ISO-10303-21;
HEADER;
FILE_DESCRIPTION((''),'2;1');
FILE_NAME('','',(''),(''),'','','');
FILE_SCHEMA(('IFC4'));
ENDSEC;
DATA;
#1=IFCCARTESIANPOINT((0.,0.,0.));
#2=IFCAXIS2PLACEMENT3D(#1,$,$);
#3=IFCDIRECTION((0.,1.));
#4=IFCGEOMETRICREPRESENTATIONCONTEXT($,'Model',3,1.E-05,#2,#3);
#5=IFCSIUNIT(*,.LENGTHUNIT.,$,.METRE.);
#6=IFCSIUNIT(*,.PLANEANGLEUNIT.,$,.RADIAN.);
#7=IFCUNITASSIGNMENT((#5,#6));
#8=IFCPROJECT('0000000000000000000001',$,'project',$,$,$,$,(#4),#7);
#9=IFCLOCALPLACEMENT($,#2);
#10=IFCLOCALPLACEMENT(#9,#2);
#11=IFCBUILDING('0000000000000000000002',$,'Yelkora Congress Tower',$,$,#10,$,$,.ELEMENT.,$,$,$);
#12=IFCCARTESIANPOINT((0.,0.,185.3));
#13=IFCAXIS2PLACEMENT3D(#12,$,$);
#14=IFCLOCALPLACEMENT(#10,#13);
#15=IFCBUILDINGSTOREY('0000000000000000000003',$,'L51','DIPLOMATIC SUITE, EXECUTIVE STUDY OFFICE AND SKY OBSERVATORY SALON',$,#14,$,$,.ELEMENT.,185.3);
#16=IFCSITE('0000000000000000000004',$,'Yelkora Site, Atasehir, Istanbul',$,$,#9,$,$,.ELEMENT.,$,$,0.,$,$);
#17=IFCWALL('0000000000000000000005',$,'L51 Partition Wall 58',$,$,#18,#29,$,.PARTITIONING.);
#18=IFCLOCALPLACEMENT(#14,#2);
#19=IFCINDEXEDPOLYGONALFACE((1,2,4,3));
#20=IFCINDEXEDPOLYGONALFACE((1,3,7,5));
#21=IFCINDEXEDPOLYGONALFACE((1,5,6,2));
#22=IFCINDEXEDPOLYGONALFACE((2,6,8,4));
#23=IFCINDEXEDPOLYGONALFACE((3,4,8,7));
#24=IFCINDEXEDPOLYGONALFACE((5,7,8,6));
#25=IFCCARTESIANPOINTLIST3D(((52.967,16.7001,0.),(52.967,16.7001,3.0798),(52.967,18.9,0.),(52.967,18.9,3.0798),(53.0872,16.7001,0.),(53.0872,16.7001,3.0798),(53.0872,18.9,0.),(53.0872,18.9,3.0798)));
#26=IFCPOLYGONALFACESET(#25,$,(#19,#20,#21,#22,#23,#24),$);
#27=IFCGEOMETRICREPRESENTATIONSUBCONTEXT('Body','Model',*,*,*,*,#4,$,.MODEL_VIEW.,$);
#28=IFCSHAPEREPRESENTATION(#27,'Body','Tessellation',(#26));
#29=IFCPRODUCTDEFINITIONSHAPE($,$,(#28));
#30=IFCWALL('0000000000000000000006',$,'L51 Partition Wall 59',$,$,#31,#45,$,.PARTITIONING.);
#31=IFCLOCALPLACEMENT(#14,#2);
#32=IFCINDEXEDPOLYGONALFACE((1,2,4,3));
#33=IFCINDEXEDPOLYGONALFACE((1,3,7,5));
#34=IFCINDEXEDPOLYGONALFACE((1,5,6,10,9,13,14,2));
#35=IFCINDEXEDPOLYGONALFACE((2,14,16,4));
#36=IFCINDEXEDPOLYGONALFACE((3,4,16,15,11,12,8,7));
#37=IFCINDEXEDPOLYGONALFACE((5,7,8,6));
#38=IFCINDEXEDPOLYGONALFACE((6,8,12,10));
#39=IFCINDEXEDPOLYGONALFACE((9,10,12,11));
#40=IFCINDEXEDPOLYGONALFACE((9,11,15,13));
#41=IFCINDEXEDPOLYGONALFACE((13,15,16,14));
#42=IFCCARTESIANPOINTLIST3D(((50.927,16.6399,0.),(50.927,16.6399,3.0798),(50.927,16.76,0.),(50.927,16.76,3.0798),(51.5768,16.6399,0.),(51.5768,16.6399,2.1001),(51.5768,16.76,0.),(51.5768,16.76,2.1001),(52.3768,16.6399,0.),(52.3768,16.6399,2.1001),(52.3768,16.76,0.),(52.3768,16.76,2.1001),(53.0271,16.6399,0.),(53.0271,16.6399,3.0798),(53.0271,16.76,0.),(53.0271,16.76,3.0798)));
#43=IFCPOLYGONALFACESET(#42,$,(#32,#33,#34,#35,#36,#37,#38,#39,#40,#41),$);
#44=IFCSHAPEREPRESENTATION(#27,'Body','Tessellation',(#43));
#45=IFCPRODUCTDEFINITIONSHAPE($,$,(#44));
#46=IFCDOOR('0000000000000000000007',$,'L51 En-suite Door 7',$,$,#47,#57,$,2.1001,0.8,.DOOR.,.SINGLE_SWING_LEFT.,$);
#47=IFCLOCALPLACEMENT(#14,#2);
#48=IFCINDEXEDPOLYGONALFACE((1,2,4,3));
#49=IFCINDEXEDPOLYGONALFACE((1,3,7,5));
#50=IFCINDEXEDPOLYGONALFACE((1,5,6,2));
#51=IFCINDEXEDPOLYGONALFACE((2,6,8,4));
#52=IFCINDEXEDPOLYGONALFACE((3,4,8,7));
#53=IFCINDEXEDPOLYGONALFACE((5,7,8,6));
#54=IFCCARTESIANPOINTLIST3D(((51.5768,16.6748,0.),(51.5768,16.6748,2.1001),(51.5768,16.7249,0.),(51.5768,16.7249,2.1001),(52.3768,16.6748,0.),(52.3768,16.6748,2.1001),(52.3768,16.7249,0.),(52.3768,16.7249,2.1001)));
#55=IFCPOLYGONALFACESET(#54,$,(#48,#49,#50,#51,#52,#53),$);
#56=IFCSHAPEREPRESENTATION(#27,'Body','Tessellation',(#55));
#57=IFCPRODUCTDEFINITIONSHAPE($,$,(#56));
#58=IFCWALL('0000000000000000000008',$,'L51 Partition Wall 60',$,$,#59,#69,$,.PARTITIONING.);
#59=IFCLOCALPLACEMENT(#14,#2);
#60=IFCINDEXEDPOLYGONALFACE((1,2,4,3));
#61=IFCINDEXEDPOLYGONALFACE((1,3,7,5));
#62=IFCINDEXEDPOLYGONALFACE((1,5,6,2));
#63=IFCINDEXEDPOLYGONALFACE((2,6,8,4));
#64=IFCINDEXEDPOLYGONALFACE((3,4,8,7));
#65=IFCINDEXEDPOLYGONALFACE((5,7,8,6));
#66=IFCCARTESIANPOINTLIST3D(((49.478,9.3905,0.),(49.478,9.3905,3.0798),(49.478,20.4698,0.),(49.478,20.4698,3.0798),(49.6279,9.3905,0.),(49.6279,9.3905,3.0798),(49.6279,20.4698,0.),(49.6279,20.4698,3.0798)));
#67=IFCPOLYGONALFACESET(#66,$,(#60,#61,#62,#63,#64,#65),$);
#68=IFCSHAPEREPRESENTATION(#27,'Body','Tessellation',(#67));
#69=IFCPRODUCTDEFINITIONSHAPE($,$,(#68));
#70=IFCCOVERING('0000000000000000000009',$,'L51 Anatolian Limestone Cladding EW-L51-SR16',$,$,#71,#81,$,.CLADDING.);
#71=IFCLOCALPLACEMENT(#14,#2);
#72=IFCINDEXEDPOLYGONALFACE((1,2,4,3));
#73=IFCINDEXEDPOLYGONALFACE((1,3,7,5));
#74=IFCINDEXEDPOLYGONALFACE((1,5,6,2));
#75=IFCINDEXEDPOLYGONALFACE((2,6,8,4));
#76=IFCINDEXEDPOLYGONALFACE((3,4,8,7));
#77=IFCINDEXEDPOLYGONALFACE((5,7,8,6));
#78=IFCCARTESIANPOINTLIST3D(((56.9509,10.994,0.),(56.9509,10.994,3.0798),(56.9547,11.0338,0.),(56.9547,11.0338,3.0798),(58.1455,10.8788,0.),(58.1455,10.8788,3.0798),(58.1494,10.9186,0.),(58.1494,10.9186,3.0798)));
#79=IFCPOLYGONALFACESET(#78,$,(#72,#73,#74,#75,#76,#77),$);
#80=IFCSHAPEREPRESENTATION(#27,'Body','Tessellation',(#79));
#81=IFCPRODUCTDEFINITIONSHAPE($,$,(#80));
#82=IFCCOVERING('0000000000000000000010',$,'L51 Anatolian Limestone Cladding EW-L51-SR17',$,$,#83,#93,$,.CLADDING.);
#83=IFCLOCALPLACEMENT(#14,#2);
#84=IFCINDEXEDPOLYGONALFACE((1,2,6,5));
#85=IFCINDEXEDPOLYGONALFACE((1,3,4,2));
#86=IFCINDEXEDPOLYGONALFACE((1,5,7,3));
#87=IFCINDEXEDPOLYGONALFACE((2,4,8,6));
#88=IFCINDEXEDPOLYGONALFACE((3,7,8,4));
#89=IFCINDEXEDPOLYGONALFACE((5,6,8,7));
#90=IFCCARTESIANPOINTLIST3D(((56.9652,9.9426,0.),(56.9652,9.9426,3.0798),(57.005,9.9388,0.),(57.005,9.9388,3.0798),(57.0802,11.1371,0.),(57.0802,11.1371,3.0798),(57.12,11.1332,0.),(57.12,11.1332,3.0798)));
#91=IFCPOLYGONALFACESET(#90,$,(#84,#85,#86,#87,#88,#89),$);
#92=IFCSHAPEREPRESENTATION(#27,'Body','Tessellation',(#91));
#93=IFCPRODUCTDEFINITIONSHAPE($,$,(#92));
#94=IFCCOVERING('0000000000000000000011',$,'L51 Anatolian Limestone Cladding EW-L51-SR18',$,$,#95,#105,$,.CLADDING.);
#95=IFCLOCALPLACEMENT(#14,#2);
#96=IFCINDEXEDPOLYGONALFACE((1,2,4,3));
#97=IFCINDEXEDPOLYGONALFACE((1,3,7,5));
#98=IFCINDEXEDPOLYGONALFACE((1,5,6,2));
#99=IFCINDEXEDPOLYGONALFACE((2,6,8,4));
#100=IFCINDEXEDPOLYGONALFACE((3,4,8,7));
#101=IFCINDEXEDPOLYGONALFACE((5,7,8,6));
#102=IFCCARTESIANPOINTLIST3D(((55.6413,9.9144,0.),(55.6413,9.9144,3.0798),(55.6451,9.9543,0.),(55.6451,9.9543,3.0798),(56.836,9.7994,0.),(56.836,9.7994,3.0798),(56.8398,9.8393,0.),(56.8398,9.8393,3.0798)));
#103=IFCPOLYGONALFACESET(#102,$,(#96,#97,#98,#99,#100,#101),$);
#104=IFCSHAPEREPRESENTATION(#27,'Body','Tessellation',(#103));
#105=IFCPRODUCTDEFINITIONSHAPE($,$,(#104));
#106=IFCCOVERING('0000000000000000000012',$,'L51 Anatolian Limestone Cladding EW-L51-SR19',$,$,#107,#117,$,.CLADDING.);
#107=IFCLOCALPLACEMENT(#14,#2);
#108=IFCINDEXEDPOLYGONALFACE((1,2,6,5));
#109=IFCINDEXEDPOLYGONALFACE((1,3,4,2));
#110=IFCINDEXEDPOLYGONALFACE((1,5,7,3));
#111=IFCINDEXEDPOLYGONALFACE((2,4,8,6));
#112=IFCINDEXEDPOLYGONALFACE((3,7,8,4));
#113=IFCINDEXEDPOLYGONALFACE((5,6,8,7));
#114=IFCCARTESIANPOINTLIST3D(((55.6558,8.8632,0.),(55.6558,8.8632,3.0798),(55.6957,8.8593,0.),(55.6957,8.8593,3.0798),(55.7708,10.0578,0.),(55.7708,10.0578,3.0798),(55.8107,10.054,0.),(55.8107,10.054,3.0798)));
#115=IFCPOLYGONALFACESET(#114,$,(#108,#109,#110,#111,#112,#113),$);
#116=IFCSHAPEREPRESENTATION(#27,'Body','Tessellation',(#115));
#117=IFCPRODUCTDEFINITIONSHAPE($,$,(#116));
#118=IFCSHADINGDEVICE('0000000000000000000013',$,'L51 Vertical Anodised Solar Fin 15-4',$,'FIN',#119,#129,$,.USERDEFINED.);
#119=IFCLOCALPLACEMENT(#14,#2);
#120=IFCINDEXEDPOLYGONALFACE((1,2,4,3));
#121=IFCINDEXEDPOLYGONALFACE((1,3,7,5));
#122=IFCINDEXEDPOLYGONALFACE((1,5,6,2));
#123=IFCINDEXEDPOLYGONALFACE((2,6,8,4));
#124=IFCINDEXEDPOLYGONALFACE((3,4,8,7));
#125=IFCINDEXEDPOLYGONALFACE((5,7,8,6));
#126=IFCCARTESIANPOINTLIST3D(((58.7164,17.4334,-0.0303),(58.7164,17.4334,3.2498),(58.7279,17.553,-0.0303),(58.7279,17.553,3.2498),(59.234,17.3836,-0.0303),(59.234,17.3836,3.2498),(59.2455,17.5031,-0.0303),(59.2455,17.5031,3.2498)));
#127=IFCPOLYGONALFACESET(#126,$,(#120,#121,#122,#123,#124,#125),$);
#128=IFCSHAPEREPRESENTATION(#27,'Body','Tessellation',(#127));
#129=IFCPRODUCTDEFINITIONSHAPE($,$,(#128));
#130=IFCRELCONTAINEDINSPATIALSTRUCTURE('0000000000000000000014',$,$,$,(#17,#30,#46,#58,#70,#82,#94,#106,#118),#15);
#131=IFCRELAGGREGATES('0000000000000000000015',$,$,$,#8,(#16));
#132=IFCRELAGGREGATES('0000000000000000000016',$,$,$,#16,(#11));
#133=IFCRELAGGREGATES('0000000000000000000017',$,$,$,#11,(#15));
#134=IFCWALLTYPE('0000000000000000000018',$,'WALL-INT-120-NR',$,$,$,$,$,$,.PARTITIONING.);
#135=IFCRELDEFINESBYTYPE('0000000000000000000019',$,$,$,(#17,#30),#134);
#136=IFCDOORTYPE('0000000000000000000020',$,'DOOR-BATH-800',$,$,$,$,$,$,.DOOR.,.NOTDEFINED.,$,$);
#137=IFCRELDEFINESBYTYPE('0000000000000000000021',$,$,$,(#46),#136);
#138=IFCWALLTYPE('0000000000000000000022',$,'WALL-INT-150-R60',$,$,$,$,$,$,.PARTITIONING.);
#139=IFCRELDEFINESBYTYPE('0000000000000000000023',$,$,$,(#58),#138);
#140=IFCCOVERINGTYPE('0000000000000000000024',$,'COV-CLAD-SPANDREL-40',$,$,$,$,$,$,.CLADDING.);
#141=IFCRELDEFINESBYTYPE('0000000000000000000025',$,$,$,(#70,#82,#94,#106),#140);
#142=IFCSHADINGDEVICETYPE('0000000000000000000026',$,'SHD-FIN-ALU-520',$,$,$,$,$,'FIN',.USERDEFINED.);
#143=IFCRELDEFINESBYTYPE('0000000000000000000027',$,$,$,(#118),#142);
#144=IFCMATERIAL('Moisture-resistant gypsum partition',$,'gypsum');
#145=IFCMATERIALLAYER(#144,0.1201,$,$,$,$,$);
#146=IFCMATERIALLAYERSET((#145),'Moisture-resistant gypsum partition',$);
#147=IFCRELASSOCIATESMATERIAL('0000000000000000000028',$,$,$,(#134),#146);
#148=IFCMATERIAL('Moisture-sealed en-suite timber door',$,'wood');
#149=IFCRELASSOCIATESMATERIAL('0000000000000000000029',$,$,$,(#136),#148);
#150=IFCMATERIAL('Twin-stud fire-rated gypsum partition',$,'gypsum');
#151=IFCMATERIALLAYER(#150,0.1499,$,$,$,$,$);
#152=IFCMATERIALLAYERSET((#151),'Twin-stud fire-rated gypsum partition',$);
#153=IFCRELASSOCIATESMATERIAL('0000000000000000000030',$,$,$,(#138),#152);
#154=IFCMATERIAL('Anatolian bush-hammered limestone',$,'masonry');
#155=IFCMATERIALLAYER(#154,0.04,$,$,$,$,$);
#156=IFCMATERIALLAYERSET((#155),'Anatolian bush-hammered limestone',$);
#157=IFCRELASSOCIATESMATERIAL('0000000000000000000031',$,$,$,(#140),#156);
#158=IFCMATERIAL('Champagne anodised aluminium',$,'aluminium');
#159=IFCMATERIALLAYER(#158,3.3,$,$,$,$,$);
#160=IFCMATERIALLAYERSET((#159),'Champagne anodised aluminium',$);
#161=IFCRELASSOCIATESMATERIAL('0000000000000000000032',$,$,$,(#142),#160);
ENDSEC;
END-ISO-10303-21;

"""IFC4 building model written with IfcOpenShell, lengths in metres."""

from ifc_helpers import new_model, si_unit, direction, frame, frame_2d, origin, origin_2d, place, context, subcontext, project, spatial, rectangle, extrude, material, layer, layer_set, type_object, element, fill, save


model = new_model("IFC4")

# Units and contexts
model_context = context("Model", 3, precision=1e-05, world=origin(), true_north=direction((0.0, 1.0)))
body_context = subcontext(model_context, "Body", "Model", "MODEL_VIEW")
ifc_project = project(units=[si_unit("LENGTHUNIT", "METRE"), si_unit("PLANEANGLEUNIT", "RADIAN")], contexts=[model_context])

# Site, building, storey
site_placement = place(None, origin())
site = spatial("IfcSite", under=ifc_project, at=site_placement, Name="Yelkora Site, Atasehir, Istanbul", CompositionType="ELEMENT", RefElevation=0.0)
building_placement = place(site_placement, origin())
building = spatial("IfcBuilding", under=site, at=building_placement, Name="Yelkora Congress Tower", CompositionType="ELEMENT")
storey_placement = place(building_placement, frame((0.0, 0.0, 185.3)))
storey = spatial("IfcBuildingStorey", under=building, at=storey_placement, Name="L51", Description="DIPLOMATIC SUITE, EXECUTIVE STUDY OFFICE AND SKY OBSERVATORY SALON", CompositionType="ELEMENT", Elevation=185.3)

# Wall
ifc_material_1 = material(Name="Moisture-resistant gypsum partition", Category="gypsum")
ifc_layer_1 = layer(ifc_material_1, 0.1201)
ifc_layer_set_1 = layer_set([ifc_layer_1], Name="Moisture-resistant gypsum partition")
wall_type_1 = type_object("IfcWallType", Name="WALL-INT-120-NR", PredefinedType="PARTITIONING", material=ifc_layer_set_1)
for number, where, z_axis, x_axis, name in (
    (1, (53.0271, 16.7, 0.0), (0.0, 0.0, 1.0), (0.0, 1.0, 0.0), "L51 Partition Wall 58"),
):
    element("IfcWall", number, at=place(storey_placement, frame(where, z_axis=z_axis, x_axis=x_axis)), inside=storey, type_object=wall_type_1, Name=name, PredefinedType="PARTITIONING", context=body_context, shape_type="SweptSolid", body=[
        extrude(rectangle(XDim=2.2, YDim=0.1201, at=frame_2d((1.1001, 0.0))), origin(), (0.0, 0.0, 1.0), 3.0798),
    ])

# Wall, opening, door
wall_1_placement = place(storey_placement, frame((50.927, 16.7, 0.0), z_axis=(0.0, 0.0, 1.0), x_axis=(1.0, 0.0, 0.0)))
wall_1 = element("IfcWall", 2, at=wall_1_placement, inside=storey, type_object=wall_type_1, Name="L51 Partition Wall 59", PredefinedType="PARTITIONING", context=body_context, shape_type="SweptSolid", body=[
    extrude(rectangle(XDim=2.1001, YDim=0.1201, at=frame_2d((1.05, 0.0))), origin(), (0.0, 0.0, 1.0), 3.0798),
])
opening_placement = place(wall_1_placement, frame((0.6499, 0.0, 0.0)))
opening = element("IfcOpeningElement", 3, at=opening_placement, cuts=wall_1, PredefinedType="OPENING", context=body_context, shape_type="SweptSolid", body=[
    extrude(rectangle(XDim=0.8, YDim=2.1001, at=frame_2d((0.3999, 1.05))), frame((0.0, 0.0701, 0.0), z_axis=(0.0, -1.0, 0.0), x_axis=(1.0, 0.0, 0.0)), (0.0, 0.0, 1.0), 0.1401),
])
ifc_material_2 = material(Name="Moisture-sealed en-suite timber door", Category="wood")
door_type = type_object("IfcDoorType", Name="DOOR-BATH-800", OperationType="NOTDEFINED", PredefinedType="DOOR", material=ifc_material_2)
door_placement = place(opening_placement, origin())
door = element("IfcDoor", 4, at=door_placement, inside=storey, type_object=door_type, Name="L51 En-suite Door 7", OperationType="SINGLE_SWING_LEFT", OverallHeight=2.1001, OverallWidth=0.8, PredefinedType="DOOR", context=body_context, shape_type="SweptSolid", body=[
    extrude(rectangle(XDim=0.8, YDim=2.1001, at=frame_2d((0.3999, 1.05))), frame((0.0, 0.0249, 0.0), z_axis=(0.0, -1.0, 0.0), x_axis=(1.0, 0.0, 0.0)), (0.0, 0.0, 1.0), 0.05),
])
fill(opening, door)

# Wall
ifc_material_3 = material(Name="Twin-stud fire-rated gypsum partition", Category="gypsum")
ifc_layer_2 = layer(ifc_material_3, 0.1499)
ifc_layer_set_2 = layer_set([ifc_layer_2], Name="Twin-stud fire-rated gypsum partition")
wall_type_2 = type_object("IfcWallType", Name="WALL-INT-150-R60", PredefinedType="PARTITIONING", material=ifc_layer_set_2)
wall_2_placement = place(storey_placement, frame((49.553, 9.3906, 0.0), z_axis=(0.0, 0.0, 1.0), x_axis=(0.0, 1.0, 0.0)))
element("IfcWall", 5, at=wall_2_placement, inside=storey, type_object=wall_type_2, Name="L51 Partition Wall 60", PredefinedType="PARTITIONING", context=body_context, shape_type="SweptSolid", body=[
    extrude(rectangle(XDim=11.0793, YDim=0.1499, at=frame_2d((5.5396, 0.0))), origin(), (0.0, 0.0, 1.0), 3.0798),
])

# Coverings
ifc_material_4 = material(Name="Anatolian bush-hammered limestone", Category="masonry")
ifc_layer_3 = layer(ifc_material_4, 0.04)
ifc_layer_set_3 = layer_set([ifc_layer_3], Name="Anatolian bush-hammered limestone")
covering_type = type_object("IfcCoveringType", Name="COV-CLAD-SPANDREL-40", PredefinedType="CLADDING", material=ifc_layer_set_3)
covering_1_placement = place(storey_placement, frame((58.1475, 10.8987, 0.0), z_axis=(0.0, 0.0, 1.0), x_axis=(-0.99538, 0.096019, 0.0)))
element("IfcCovering", 6, at=covering_1_placement, inside=storey, type_object=covering_type, Name="L51 Anatolian Limestone Cladding EW-L51-SR16", PredefinedType="CLADDING", context=body_context, shape_type="SweptSolid", body=[
    extrude(rectangle(XDim=1.2002, YDim=0.04, at=frame_2d((0.6001, 0.0))), origin(), (0.0, 0.0, 1.0), 3.0798),
])
covering_2_placement = place(storey_placement, frame((57.1001, 11.1353, 0.0), z_axis=(0.0, 0.0, 1.0), x_axis=(-0.095836, -0.995397, 0.0)))
element("IfcCovering", 7, at=covering_2_placement, inside=storey, type_object=covering_type, Name="L51 Anatolian Limestone Cladding EW-L51-SR17", PredefinedType="CLADDING", context=body_context, shape_type="SweptSolid", body=[
    extrude(rectangle(XDim=1.2, YDim=0.04, at=frame_2d((0.6001, 0.0))), origin(), (0.0, 0.0, 1.0), 3.0798),
])
for number, where, z_axis, x_axis, name in (
    (8, (56.8379, 9.8193, 0.0), (0.0, 0.0, 1.0), (-0.995399, 0.095817, 0.0), "L51 Anatolian Limestone Cladding EW-L51-SR18"),
    (9, (55.7908, 10.0559, 0.0), (0.0, 0.0, 1.0), (-0.095817, -0.995399, 0.0), "L51 Anatolian Limestone Cladding EW-L51-SR19"),
):
    element("IfcCovering", number, at=place(storey_placement, frame(where, z_axis=z_axis, x_axis=x_axis)), inside=storey, type_object=covering_type, Name=name, PredefinedType="CLADDING", context=body_context, shape_type="SweptSolid", body=[
        extrude(rectangle(XDim=1.2002, YDim=0.04, at=frame_2d((0.6001, 0.0))), origin(), (0.0, 0.0, 1.0), 3.0798),
    ])

# Shading device
ifc_material_5 = material(Name="Champagne anodised aluminium", Category="aluminium")
ifc_layer_4 = layer(ifc_material_5, 3.3)
ifc_layer_set_4 = layer_set([ifc_layer_4], Name="Champagne anodised aluminium")
shading_device_type = type_object("IfcShadingDeviceType", Name="SHD-FIN-ALU-520", ElementType="FIN", PredefinedType="USERDEFINED", material=ifc_layer_set_4)
shading_device_placement = place(storey_placement, frame((58.981, 17.4683, -0.0303), z_axis=(0.0, 0.0, 1.0), x_axis=(-0.095846, -0.995396, 0.0)))
element("IfcShadingDevice", 10, at=shading_device_placement, inside=storey, type_object=shading_device_type, Name="L51 Vertical Anodised Solar Fin 15-4", ObjectType="FIN", PredefinedType="USERDEFINED", context=body_context, shape_type="SweptSolid", body=[
    extrude(rectangle(XDim=0.1201, YDim=0.52, at=origin_2d()), origin(), (0.0, 0.0, 1.0), 3.28),
])

save(model, "model.ifc")
